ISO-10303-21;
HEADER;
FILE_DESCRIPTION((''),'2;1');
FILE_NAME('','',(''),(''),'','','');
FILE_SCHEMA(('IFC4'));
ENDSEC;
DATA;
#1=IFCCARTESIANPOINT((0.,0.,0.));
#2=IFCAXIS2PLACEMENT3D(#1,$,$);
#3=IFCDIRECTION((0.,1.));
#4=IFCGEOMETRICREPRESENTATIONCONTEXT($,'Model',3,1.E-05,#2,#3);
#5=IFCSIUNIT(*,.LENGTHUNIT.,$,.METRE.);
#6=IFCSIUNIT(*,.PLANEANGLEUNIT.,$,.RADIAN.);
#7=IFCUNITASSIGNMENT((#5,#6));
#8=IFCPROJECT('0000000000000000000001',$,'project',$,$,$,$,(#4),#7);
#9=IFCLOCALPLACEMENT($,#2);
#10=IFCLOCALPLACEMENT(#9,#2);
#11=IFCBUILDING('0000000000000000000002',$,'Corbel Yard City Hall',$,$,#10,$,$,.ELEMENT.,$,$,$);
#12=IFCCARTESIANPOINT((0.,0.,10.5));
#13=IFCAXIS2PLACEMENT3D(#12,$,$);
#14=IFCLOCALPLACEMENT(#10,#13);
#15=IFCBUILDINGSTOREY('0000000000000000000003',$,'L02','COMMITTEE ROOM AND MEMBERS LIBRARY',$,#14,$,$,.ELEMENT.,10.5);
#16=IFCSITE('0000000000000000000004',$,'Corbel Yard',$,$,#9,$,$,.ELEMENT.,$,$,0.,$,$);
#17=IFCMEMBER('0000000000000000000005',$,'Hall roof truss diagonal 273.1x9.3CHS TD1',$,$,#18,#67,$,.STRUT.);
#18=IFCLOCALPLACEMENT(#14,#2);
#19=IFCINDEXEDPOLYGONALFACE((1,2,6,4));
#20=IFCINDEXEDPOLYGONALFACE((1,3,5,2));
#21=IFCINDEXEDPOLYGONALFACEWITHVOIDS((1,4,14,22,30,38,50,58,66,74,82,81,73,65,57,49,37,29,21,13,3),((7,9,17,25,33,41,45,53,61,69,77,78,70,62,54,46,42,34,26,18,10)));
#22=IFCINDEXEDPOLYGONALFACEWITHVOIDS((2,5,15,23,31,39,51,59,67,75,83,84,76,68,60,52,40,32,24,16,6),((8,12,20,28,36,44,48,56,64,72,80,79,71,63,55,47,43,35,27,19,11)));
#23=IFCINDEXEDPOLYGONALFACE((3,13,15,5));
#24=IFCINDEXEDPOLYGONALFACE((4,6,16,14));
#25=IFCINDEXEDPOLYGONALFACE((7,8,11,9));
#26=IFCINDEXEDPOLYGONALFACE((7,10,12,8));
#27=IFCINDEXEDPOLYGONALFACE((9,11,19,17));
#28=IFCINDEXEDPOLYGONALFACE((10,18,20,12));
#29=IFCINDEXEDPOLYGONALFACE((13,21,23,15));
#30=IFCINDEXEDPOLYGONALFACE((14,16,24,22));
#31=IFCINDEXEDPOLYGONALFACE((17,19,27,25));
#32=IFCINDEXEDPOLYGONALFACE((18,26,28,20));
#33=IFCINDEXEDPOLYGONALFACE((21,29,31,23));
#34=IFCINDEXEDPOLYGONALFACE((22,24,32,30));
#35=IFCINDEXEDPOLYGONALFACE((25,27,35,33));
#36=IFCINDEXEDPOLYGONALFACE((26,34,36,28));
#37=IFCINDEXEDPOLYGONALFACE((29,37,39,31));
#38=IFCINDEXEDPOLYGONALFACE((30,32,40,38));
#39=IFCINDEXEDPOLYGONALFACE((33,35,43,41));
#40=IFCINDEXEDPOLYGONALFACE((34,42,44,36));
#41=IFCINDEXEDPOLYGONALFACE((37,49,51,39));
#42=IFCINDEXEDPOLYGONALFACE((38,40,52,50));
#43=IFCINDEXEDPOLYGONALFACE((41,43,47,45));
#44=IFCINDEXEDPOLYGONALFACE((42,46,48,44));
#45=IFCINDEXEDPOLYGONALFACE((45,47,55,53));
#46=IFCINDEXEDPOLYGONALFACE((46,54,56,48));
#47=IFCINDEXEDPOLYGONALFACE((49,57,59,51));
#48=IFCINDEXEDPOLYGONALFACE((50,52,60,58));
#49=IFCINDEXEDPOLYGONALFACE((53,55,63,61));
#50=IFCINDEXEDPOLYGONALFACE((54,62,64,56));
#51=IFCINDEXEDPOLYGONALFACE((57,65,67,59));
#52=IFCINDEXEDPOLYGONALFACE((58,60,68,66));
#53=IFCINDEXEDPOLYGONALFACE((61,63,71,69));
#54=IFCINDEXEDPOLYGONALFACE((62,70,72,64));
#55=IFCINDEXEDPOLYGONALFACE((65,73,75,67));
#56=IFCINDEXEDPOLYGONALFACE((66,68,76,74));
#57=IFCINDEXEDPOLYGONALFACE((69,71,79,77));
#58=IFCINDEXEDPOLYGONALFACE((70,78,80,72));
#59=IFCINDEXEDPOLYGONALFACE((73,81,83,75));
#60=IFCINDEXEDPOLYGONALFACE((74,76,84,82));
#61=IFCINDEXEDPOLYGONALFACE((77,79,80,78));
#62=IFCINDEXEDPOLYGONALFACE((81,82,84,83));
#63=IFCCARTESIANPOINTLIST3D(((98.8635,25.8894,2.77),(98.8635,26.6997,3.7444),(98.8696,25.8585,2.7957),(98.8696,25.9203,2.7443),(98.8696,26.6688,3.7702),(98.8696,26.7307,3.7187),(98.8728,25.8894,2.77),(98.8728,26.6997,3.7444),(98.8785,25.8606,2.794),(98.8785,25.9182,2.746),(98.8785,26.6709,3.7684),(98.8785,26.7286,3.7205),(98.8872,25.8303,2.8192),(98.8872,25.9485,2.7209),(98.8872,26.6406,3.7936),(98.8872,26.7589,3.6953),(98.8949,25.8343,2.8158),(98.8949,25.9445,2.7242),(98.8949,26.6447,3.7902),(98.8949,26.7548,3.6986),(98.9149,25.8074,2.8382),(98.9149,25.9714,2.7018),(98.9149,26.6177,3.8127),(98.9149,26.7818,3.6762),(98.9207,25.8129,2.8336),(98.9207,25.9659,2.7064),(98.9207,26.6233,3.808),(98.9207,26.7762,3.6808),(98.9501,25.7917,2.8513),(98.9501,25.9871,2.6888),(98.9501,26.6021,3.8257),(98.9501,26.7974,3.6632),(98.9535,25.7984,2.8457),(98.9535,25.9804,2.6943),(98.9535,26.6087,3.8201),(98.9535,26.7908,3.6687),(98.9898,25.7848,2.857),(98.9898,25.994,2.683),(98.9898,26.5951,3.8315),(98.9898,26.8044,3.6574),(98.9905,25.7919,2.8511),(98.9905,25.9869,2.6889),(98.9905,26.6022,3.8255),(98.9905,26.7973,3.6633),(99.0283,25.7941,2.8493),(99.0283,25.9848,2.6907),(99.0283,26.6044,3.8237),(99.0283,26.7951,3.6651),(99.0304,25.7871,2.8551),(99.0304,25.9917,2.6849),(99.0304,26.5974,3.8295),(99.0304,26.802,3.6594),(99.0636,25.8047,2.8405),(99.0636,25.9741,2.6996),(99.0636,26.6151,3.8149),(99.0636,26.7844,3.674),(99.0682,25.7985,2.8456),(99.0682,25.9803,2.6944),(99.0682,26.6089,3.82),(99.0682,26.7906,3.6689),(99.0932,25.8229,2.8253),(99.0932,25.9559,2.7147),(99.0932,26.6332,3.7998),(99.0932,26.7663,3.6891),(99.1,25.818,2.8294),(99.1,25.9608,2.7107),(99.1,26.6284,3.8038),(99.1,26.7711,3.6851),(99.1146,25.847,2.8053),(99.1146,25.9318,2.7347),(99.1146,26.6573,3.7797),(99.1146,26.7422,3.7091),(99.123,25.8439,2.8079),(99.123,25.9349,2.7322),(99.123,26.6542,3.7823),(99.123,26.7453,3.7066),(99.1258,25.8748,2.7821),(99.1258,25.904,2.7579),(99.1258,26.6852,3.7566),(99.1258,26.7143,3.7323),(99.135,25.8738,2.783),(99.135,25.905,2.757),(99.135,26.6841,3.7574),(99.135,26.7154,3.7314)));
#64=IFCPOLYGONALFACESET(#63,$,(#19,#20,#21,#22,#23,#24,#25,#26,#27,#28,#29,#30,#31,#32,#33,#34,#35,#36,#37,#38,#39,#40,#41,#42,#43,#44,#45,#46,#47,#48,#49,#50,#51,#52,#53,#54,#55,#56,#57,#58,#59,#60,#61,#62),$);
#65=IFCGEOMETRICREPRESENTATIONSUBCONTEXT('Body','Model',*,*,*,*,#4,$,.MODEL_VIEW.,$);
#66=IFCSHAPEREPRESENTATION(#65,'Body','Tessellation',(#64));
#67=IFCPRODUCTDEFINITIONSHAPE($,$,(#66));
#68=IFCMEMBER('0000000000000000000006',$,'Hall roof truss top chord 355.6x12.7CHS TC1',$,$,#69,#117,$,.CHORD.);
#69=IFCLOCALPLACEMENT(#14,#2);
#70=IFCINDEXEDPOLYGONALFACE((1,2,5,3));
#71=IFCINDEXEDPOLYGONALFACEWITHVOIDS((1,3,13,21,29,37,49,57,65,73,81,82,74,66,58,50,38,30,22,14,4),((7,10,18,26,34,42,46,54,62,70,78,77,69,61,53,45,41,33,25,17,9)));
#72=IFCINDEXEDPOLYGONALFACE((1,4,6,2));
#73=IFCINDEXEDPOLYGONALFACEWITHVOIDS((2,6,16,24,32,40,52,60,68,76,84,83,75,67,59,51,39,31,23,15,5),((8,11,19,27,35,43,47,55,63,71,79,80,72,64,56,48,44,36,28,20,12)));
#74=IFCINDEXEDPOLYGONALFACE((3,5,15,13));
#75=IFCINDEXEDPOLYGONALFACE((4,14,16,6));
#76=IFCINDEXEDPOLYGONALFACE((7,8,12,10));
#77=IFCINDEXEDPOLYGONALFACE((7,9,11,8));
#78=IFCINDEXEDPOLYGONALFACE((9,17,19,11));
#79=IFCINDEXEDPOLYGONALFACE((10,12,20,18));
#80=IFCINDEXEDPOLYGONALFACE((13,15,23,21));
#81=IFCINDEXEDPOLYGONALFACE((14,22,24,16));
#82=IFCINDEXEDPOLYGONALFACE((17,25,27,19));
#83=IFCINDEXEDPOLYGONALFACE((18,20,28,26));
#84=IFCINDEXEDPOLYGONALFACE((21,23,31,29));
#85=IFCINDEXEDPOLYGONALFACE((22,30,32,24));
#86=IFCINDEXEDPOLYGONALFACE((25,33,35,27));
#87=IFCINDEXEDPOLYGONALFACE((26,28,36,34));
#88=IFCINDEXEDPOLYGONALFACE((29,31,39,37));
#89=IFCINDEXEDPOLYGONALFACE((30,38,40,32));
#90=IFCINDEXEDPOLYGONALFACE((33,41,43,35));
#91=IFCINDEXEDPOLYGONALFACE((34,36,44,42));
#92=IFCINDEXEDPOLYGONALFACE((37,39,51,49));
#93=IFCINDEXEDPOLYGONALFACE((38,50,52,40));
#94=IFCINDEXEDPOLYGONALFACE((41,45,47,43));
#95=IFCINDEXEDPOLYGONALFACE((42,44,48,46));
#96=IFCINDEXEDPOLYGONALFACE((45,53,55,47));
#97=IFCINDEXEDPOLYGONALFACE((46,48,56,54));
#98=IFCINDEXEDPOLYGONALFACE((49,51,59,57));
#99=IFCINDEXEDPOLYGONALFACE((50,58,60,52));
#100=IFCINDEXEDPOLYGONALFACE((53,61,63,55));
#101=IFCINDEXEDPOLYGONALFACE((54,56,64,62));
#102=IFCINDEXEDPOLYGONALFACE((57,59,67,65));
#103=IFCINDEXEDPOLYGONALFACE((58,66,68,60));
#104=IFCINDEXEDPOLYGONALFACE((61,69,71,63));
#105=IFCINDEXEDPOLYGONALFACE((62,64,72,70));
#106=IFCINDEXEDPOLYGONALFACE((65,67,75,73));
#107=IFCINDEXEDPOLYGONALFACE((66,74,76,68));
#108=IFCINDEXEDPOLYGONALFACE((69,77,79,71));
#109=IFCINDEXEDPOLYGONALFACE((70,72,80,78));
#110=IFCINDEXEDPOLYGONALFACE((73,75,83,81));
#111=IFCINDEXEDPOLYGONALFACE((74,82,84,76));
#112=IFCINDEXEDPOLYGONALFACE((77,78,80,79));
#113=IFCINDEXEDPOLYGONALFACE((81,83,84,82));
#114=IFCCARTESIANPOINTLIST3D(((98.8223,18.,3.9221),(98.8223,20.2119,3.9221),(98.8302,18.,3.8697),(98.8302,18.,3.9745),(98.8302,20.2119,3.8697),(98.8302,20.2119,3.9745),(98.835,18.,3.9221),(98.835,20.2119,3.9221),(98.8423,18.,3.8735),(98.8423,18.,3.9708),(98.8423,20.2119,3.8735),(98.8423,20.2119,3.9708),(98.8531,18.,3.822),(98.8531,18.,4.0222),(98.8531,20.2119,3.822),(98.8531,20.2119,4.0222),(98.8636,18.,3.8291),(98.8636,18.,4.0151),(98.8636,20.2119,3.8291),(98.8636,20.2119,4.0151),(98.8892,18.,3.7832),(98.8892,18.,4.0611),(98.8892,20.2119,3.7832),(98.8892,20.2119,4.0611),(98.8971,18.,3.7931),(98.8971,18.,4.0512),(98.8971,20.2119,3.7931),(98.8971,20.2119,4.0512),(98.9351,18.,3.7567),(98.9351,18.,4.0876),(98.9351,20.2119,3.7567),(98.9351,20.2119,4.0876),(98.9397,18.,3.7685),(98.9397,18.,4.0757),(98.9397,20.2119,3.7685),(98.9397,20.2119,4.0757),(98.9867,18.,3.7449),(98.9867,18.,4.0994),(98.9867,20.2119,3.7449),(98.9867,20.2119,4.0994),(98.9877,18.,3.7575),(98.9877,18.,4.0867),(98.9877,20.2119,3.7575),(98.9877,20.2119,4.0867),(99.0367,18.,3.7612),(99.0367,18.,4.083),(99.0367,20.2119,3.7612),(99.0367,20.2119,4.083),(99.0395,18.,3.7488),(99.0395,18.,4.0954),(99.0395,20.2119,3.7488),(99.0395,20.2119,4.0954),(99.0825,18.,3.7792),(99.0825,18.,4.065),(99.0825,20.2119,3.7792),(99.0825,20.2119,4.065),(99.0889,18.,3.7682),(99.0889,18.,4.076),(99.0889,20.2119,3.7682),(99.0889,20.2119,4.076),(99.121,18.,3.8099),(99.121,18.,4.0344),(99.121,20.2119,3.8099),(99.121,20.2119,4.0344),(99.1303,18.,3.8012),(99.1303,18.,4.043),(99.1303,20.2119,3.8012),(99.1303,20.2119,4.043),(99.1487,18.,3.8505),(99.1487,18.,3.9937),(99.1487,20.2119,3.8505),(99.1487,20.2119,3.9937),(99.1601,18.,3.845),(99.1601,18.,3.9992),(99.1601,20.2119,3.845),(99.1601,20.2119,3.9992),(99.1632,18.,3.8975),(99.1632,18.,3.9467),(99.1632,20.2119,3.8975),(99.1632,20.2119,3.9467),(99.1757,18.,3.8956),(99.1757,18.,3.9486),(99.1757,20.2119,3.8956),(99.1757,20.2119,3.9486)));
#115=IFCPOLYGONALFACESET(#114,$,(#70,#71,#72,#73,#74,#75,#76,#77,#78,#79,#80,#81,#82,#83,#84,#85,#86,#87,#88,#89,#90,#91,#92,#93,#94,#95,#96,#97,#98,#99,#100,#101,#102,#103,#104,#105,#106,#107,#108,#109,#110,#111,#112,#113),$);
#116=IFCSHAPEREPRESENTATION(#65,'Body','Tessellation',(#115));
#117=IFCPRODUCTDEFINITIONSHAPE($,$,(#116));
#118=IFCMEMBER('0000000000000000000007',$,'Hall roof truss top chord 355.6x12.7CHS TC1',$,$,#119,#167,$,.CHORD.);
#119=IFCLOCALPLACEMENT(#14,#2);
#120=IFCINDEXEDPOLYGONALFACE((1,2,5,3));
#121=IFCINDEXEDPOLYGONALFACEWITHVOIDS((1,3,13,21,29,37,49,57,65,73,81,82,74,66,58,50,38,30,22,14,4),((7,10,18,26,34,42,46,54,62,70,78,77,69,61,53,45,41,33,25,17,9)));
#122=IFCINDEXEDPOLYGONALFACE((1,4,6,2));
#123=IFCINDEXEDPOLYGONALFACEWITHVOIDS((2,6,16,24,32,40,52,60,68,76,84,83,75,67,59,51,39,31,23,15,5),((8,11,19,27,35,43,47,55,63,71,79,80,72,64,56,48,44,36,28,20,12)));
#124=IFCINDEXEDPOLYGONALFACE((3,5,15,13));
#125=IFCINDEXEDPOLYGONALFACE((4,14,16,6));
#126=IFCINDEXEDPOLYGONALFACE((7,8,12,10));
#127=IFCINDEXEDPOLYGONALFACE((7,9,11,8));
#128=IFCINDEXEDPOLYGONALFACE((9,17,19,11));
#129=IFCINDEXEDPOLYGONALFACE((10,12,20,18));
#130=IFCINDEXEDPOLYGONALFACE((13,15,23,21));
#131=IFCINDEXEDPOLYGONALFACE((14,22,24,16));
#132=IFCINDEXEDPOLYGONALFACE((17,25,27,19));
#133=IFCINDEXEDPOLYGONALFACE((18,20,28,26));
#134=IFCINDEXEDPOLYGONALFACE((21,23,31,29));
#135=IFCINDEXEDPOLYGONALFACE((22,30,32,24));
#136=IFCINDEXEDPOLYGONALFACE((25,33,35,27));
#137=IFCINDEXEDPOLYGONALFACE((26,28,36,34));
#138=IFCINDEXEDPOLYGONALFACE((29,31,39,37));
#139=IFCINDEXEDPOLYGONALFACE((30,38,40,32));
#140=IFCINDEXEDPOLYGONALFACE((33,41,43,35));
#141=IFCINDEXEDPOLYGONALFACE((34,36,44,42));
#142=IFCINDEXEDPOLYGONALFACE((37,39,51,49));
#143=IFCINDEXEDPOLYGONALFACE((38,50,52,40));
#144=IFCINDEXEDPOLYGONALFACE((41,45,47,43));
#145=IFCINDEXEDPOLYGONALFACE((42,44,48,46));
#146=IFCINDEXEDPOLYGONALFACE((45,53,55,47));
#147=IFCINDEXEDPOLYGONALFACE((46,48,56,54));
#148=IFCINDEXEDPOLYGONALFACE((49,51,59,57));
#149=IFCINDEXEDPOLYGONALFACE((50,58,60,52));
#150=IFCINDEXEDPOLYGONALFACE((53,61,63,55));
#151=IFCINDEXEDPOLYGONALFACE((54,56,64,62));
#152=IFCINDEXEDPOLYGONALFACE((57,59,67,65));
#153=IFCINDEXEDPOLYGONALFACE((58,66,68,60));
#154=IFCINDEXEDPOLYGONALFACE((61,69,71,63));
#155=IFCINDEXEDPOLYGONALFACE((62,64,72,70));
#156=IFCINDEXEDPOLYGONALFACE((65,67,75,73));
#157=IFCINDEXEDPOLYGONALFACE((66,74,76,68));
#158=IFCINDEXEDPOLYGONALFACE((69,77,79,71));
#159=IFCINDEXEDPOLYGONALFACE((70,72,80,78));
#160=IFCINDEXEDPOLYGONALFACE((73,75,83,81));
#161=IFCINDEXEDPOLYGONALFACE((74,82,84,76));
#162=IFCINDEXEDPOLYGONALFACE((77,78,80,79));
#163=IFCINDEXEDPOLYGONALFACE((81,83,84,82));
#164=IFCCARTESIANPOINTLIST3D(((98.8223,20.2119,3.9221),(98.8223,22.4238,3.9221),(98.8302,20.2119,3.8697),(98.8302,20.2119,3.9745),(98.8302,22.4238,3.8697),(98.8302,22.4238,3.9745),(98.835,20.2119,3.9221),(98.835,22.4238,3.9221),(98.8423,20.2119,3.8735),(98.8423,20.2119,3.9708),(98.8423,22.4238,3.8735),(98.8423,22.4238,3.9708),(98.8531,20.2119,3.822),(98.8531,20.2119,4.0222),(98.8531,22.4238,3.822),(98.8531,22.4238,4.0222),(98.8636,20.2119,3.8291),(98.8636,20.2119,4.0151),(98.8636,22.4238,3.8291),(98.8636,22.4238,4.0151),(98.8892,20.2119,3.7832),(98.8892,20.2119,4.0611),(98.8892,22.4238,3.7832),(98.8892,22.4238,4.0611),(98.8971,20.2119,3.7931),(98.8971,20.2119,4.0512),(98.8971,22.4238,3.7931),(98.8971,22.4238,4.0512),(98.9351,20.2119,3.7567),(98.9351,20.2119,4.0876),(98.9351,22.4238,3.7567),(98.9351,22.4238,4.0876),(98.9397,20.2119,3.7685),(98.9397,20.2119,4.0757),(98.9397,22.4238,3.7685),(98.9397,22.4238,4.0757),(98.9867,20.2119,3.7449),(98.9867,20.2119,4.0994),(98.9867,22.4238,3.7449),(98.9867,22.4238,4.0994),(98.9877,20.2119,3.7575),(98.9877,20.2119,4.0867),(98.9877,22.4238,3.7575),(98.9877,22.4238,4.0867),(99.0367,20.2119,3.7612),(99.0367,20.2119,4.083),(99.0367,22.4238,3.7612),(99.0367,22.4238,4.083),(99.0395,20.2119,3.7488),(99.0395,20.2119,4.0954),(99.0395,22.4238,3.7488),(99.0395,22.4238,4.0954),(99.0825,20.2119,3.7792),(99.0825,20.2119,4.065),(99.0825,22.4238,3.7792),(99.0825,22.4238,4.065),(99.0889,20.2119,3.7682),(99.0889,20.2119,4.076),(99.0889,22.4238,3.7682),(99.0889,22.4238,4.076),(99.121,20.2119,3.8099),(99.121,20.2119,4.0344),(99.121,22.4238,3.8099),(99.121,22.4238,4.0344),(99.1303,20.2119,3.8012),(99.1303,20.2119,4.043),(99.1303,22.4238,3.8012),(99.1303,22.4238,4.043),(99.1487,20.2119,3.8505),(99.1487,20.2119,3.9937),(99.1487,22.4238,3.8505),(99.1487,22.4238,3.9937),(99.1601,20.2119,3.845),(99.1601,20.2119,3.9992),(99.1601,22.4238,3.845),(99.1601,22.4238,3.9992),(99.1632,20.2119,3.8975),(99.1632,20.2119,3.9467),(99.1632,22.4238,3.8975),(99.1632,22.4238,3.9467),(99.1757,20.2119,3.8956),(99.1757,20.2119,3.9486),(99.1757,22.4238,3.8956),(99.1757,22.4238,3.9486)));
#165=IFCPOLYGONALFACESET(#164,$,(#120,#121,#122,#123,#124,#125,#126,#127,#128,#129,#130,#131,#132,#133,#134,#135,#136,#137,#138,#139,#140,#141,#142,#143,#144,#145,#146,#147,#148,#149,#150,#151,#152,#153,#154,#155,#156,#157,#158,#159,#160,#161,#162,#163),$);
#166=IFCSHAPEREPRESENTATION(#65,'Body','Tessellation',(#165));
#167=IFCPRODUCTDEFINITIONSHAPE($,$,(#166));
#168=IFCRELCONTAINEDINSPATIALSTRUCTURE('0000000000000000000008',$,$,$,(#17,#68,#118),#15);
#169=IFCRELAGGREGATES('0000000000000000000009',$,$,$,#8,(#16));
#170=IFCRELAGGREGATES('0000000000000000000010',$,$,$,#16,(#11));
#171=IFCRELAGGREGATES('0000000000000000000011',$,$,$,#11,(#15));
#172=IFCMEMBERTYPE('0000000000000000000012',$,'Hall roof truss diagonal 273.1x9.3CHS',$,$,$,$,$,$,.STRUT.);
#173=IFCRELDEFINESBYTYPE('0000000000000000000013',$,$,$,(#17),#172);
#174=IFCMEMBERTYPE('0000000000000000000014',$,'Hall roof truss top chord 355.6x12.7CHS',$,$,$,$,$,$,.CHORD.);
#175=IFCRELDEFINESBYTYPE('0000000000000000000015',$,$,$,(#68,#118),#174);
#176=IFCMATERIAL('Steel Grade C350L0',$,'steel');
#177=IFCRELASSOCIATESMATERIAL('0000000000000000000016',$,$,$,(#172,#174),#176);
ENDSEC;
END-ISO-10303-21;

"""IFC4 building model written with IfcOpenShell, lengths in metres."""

from ifc_helpers import new_model, si_unit, direction, frame, origin, origin_2d, place, context, subcontext, project, spatial, hollow_circle, extrude, material, material_profile, profile_set, type_object, element, save


model = new_model("IFC4")

# Units and contexts
model_context = context("Model", 3, precision=1e-05, world=origin(), true_north=direction((0.0, 1.0)))
body_context = subcontext(model_context, "Body", "Model", "MODEL_VIEW")
ifc_project = project(units=[si_unit("LENGTHUNIT", "METRE"), si_unit("PLANEANGLEUNIT", "RADIAN")], contexts=[model_context])

# Site, building, storey
site_placement = place(None, origin())
site = spatial("IfcSite", under=ifc_project, at=site_placement, Name="Corbel Yard", CompositionType="ELEMENT", RefElevation=0.0)
building_placement = place(site_placement, origin())
building = spatial("IfcBuilding", under=site, at=building_placement, Name="Corbel Yard City Hall", CompositionType="ELEMENT")
storey_placement = place(building_placement, frame((0.0, 0.0, 10.5)))
storey = spatial("IfcBuildingStorey", under=building, at=storey_placement, Name="L02", Description="COMMITTEE ROOM AND MEMBERS LIBRARY", CompositionType="ELEMENT", Elevation=10.5)

# Members
ifc_material_1 = material(Name="Steel Grade C350L0", Category="steel")
ifc_material_profile_1 = material_profile(ifc_material_1, hollow_circle(Radius=0.1365, WallThickness=0.0093, at=origin_2d()), Name="273.1x9.3CHS")
ifc_profile_set_1 = profile_set([ifc_material_profile_1], Name="Steel Grade C350L0")
member_type_1 = type_object("IfcMemberType", Name="Hall roof truss diagonal 273.1x9.3CHS", PredefinedType="STRUT", material=ifc_profile_set_1)
for number, where, z_axis, x_axis, name in (
    (1, (99.0, 25.8894, 2.77), (0.0, 0.639407, 0.768868), (-1.0, 0.0, 0.0), "Hall roof truss diagonal 273.1x9.3CHS TD1"),
):
    element("IfcMember", number, at=place(storey_placement, frame(where, z_axis=z_axis, x_axis=x_axis)), inside=storey, type_object=member_type_1, Name=name, PredefinedType="STRUT", context=body_context, shape_type="SweptSolid", body=[
        extrude(hollow_circle(Radius=0.1365, WallThickness=0.0093, at=origin_2d()), origin(), (0.0, 0.0, 1.0), 1.2673),
    ])
ifc_material_profile_2 = material_profile(ifc_material_1, hollow_circle(Radius=0.1777, WallThickness=0.0127, at=origin_2d()), Name="355.6x12.7CHS")
ifc_profile_set_2 = profile_set([ifc_material_profile_2], Name="Steel Grade C350L0")
member_type_2 = type_object("IfcMemberType", Name="Hall roof truss top chord 355.6x12.7CHS", PredefinedType="CHORD", material=ifc_profile_set_2)
for number, where, z_axis, x_axis, name in (
    (2, (99.0, 18.0, 3.9221), (0.0, 1.0, 0.0), (-1.0, 0.0, 0.0), "Hall roof truss top chord 355.6x12.7CHS TC1"),
    (3, (99.0, 20.2119, 3.9221), (0.0, 1.0, 0.0), (-1.0, 0.0, 0.0), "Hall roof truss top chord 355.6x12.7CHS TC1"),
):
    element("IfcMember", number, at=place(storey_placement, frame(where, z_axis=z_axis, x_axis=x_axis)), inside=storey, type_object=member_type_2, Name=name, PredefinedType="CHORD", context=body_context, shape_type="SweptSolid", body=[
        extrude(hollow_circle(Radius=0.1777, WallThickness=0.0127, at=origin_2d()), origin(), (0.0, 0.0, 1.0), 2.2119),
    ])

save(model, "model.ifc")
